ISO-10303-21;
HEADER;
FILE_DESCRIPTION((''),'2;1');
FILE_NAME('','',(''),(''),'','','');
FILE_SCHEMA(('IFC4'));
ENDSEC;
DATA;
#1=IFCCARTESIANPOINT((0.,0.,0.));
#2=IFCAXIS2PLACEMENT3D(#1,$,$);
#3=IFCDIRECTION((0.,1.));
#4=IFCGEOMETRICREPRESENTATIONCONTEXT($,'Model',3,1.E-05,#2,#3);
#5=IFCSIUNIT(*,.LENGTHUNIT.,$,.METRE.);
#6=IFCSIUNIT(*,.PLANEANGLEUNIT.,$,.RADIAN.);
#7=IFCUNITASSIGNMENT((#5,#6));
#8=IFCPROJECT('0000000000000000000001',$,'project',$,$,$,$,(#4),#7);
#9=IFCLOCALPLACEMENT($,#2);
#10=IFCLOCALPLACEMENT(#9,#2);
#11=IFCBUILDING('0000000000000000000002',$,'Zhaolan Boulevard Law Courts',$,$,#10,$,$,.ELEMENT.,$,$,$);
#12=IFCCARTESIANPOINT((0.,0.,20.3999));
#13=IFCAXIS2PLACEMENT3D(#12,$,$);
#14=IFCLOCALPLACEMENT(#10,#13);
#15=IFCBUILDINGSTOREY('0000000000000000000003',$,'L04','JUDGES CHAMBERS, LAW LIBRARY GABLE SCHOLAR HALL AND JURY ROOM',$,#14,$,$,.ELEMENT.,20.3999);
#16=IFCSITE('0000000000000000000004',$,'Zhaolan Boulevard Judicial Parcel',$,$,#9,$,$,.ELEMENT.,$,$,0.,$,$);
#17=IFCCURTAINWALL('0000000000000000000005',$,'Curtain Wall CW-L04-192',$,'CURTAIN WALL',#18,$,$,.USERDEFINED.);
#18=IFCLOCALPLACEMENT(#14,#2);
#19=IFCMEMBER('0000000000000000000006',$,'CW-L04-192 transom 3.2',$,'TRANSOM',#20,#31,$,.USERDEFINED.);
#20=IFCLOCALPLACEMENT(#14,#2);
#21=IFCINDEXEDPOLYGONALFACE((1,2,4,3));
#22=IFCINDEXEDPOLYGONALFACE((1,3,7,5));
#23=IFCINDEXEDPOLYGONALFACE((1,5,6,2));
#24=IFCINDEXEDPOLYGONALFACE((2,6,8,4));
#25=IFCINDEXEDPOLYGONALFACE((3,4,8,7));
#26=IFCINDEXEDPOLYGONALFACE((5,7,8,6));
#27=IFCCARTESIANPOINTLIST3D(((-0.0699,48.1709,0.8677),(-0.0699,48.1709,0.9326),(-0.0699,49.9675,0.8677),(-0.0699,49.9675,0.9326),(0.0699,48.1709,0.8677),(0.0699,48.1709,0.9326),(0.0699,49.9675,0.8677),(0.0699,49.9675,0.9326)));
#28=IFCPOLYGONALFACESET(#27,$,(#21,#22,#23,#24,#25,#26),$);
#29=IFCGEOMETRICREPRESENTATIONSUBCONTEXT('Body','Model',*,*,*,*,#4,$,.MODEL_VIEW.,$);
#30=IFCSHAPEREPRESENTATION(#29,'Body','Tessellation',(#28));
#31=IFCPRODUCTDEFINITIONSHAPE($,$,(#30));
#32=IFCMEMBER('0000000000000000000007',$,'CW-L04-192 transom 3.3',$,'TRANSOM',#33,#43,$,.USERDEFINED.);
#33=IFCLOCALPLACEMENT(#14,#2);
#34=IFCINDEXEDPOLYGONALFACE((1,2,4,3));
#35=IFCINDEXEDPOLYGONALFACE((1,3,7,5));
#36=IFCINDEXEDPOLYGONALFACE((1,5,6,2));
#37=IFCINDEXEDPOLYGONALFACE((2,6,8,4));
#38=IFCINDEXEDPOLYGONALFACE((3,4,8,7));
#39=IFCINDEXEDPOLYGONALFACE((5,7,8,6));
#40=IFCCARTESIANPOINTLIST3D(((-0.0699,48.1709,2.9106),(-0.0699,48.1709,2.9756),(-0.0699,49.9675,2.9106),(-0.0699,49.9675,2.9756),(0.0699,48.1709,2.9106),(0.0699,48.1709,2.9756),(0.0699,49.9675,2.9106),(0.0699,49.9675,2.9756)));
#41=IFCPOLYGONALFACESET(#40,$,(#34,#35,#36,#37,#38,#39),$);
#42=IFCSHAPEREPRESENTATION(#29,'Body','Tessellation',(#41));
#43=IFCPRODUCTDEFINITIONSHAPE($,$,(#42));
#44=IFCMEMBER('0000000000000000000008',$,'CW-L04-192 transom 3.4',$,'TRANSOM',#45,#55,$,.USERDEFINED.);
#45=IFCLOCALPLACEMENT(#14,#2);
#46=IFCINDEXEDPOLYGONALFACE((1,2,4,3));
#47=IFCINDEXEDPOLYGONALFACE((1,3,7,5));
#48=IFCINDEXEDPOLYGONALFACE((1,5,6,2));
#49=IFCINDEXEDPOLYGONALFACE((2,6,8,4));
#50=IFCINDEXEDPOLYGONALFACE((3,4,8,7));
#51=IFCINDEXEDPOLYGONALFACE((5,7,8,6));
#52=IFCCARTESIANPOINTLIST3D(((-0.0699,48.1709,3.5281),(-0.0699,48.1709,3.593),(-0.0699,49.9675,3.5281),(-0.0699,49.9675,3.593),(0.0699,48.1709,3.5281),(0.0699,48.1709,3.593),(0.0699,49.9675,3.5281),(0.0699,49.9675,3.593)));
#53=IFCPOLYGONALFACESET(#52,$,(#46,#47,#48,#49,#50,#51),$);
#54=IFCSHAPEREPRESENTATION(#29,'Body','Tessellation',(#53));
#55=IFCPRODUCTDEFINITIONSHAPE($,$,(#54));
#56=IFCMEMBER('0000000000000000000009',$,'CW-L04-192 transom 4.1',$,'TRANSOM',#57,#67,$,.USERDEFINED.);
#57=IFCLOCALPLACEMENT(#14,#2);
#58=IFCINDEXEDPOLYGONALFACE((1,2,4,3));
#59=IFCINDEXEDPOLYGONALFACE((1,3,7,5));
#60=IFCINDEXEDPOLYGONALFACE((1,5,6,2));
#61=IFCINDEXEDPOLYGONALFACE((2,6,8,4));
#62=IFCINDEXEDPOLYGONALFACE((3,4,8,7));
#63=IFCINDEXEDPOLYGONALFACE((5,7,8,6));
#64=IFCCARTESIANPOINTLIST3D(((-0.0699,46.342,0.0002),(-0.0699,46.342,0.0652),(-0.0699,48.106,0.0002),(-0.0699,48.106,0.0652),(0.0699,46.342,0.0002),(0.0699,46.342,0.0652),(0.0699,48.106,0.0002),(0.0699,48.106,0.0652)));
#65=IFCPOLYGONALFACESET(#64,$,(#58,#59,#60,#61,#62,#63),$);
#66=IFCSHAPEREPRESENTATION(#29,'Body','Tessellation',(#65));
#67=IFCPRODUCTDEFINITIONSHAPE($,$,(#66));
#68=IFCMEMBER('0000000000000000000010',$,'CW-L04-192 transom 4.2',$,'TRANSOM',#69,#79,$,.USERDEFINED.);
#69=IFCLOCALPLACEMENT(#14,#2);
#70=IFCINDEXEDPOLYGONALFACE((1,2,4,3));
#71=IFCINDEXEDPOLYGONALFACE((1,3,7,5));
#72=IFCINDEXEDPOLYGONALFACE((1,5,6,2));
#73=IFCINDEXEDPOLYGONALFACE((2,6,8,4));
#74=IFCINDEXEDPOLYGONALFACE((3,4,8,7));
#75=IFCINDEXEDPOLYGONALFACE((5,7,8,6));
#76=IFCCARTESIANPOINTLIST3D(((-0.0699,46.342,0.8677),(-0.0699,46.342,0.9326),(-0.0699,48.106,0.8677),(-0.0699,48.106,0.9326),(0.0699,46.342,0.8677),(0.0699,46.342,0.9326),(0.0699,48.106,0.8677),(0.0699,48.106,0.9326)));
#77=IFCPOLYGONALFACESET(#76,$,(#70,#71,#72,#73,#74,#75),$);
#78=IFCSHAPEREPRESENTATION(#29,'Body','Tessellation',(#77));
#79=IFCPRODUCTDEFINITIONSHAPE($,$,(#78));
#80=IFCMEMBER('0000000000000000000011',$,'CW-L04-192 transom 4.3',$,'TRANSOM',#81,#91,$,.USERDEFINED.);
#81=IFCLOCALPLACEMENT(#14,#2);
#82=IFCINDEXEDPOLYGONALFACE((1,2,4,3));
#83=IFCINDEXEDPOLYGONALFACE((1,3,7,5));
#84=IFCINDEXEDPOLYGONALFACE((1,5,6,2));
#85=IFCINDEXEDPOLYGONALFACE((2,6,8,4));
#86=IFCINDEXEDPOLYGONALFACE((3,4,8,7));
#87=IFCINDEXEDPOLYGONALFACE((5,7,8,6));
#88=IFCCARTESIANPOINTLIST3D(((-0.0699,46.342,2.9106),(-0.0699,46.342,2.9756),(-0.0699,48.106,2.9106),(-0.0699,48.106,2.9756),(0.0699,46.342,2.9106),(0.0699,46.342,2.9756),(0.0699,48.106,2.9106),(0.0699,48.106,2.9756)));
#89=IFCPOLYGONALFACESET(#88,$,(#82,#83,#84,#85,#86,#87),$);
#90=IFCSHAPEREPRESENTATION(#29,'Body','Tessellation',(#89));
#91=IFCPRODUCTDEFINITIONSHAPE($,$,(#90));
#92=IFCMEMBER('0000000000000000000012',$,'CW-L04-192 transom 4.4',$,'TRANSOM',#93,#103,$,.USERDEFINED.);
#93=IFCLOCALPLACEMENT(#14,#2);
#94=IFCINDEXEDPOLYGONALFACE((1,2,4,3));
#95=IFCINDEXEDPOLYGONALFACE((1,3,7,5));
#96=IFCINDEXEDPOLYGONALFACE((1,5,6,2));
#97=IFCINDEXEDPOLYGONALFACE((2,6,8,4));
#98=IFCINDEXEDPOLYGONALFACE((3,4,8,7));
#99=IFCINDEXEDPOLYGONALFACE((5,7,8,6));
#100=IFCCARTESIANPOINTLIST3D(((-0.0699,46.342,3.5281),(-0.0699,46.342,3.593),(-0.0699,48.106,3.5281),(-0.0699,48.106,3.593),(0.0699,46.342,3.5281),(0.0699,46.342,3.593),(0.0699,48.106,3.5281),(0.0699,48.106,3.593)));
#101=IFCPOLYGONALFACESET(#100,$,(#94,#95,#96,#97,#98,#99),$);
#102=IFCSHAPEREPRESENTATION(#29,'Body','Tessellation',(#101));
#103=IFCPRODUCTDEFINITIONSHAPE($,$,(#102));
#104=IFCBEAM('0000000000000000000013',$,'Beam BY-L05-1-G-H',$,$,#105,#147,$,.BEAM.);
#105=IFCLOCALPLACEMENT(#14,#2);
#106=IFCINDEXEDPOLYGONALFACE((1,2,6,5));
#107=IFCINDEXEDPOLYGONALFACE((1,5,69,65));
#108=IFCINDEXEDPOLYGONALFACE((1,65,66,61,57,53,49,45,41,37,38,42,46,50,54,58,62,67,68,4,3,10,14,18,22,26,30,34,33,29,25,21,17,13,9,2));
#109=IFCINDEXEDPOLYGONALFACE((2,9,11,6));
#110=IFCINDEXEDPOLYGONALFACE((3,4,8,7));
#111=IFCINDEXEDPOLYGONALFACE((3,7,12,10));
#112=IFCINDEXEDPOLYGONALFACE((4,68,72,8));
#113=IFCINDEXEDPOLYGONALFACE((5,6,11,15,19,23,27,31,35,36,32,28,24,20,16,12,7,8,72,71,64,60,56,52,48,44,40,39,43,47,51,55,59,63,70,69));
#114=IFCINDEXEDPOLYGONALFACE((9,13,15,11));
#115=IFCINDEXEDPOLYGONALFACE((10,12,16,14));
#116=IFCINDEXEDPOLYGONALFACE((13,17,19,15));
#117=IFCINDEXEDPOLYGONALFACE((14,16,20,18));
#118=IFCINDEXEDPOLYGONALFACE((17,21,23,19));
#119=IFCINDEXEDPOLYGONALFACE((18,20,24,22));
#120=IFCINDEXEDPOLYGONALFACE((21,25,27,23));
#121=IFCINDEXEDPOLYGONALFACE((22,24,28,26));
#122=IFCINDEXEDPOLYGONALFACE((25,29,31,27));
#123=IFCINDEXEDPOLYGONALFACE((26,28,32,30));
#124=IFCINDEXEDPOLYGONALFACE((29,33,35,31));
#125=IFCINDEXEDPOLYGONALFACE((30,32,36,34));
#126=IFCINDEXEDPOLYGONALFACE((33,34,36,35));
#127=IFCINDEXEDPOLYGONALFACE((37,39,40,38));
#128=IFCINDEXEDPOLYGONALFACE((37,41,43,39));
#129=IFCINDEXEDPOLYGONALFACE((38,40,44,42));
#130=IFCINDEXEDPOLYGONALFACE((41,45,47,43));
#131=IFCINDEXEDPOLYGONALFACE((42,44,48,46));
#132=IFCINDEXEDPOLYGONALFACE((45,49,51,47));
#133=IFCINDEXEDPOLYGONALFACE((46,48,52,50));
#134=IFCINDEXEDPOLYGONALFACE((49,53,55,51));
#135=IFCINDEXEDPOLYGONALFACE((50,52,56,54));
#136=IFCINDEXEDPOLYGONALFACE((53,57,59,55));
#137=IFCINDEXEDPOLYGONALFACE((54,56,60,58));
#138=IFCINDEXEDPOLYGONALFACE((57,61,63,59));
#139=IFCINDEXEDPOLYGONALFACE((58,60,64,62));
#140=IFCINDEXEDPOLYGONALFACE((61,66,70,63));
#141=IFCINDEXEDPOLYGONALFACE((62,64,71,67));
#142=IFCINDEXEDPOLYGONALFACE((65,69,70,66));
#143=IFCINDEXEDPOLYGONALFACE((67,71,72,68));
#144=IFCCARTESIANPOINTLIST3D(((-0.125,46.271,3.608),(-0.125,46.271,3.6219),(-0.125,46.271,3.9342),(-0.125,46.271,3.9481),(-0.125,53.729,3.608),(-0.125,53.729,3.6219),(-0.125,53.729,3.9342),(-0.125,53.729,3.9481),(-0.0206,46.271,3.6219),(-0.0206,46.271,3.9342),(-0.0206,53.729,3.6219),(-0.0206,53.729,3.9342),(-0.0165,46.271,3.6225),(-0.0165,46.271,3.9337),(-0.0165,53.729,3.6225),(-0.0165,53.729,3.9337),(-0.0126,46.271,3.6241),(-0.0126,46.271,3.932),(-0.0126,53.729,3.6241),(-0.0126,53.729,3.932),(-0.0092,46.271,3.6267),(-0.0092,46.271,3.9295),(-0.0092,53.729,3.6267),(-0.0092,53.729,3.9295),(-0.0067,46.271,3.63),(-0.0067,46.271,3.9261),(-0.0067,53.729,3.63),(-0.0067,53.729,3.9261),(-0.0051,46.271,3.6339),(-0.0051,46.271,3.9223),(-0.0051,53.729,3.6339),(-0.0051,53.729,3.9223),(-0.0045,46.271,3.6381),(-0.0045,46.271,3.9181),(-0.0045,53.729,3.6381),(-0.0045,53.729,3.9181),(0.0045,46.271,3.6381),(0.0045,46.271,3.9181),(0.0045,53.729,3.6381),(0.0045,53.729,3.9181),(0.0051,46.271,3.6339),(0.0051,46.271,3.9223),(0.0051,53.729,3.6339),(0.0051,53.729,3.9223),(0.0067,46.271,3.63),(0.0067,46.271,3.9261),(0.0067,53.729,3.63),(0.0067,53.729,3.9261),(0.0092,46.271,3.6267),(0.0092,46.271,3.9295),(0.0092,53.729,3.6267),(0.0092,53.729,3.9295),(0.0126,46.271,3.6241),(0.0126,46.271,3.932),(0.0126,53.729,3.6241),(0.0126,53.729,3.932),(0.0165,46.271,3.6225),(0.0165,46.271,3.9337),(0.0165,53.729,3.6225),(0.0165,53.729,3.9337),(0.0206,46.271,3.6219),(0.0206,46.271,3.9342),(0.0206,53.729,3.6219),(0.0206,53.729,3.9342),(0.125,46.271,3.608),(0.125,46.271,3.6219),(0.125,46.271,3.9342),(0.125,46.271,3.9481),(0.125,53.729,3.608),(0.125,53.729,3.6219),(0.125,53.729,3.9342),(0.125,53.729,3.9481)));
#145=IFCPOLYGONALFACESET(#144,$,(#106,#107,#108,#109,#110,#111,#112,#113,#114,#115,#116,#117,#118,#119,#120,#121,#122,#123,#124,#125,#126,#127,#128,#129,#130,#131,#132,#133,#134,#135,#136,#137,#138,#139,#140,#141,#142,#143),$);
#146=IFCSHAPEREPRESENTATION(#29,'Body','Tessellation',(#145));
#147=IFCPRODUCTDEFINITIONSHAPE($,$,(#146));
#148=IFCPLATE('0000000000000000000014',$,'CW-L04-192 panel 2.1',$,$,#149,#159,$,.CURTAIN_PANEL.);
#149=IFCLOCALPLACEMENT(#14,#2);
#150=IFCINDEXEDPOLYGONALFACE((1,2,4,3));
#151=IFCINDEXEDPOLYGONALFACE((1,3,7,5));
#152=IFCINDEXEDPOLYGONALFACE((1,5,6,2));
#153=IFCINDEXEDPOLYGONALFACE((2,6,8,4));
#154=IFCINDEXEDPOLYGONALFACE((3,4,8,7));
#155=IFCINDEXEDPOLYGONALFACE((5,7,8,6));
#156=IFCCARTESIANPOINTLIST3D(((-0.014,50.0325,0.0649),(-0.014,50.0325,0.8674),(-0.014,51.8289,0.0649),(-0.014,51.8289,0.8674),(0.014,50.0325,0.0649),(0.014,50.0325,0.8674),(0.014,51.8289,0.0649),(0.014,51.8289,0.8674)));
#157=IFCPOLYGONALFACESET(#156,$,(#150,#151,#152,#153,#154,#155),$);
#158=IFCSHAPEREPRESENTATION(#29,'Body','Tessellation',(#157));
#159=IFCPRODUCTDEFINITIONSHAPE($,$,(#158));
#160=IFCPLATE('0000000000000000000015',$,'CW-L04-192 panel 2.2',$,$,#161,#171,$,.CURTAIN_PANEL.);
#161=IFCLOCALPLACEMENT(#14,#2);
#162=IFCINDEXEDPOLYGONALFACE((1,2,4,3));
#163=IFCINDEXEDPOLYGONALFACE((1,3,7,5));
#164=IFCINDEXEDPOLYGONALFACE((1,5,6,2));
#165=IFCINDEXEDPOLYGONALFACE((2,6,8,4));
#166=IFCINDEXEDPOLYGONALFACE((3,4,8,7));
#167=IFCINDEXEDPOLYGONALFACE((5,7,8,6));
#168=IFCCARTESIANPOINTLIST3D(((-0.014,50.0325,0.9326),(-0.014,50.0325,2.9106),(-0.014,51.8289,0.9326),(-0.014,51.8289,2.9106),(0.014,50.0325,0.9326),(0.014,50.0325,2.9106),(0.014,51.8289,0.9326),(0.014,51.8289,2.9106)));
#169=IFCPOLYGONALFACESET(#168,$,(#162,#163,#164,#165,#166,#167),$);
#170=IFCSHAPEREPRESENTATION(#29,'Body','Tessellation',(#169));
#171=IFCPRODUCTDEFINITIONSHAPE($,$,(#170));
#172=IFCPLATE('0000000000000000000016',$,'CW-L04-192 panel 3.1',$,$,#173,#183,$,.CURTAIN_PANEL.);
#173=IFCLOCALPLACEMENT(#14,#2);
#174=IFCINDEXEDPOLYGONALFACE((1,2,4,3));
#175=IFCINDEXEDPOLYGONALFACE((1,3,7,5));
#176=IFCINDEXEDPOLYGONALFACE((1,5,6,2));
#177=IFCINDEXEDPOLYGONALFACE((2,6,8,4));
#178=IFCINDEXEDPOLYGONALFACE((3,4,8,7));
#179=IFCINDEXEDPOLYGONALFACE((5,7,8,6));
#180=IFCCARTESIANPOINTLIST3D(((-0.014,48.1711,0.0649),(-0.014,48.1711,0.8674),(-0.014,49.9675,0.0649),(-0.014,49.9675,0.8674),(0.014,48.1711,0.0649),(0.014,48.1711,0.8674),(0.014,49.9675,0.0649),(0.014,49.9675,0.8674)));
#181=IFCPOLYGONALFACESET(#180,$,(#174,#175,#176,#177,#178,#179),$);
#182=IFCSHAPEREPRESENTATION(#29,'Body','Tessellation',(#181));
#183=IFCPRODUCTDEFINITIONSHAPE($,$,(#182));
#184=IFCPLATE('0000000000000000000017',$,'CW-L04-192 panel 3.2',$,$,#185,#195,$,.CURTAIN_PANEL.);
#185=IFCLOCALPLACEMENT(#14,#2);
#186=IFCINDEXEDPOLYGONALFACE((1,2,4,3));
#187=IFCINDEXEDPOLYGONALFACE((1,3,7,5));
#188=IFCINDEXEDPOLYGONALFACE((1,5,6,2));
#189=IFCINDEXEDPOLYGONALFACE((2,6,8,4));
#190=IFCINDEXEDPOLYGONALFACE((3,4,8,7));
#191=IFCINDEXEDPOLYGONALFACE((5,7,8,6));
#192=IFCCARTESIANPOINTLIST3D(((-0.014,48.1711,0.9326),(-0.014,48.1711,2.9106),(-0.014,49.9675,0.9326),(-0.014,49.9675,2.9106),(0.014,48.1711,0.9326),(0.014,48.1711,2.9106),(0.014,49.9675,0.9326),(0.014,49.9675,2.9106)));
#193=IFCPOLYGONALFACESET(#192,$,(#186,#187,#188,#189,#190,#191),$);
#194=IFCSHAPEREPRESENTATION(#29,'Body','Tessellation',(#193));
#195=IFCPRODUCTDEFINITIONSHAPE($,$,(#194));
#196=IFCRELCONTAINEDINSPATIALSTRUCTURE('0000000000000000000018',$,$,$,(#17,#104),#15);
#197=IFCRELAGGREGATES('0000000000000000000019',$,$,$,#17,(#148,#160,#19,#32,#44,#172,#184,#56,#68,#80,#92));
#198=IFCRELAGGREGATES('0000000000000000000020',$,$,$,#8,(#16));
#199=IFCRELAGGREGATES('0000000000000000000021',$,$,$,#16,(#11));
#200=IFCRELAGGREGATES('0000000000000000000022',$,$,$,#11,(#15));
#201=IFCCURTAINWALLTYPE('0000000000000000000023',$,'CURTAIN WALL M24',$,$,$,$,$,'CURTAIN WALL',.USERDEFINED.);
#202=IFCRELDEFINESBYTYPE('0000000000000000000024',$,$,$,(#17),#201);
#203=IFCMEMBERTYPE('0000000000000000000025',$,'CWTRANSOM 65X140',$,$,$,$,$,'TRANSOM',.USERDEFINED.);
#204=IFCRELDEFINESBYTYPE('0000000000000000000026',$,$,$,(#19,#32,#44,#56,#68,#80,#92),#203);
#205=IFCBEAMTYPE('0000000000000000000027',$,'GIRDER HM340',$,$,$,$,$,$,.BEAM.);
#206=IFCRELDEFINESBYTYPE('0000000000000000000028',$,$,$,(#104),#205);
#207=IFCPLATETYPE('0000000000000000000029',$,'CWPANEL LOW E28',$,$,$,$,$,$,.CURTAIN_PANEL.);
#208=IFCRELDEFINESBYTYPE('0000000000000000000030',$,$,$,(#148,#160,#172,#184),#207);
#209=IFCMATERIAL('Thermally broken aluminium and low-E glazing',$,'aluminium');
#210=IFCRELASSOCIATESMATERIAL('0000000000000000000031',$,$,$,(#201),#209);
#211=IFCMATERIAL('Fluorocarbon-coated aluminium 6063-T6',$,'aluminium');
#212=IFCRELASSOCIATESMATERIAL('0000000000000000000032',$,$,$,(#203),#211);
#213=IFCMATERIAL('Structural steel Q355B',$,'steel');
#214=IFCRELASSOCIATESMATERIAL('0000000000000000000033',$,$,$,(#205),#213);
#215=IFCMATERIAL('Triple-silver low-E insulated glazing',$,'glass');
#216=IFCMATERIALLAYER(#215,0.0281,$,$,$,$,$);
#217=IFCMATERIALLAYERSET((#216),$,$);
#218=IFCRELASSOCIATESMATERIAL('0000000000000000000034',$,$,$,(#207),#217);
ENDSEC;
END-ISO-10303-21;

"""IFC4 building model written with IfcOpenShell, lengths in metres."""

from ifc_helpers import new_model, si_unit, direction, frame, origin, origin_2d, place, context, subcontext, project, spatial, rectangle, i_section, extrude, material, layer, layer_set, material_profile, profile_set, type_object, element, aggregate, save


model = new_model("IFC4")

# Units and contexts
model_context = context("Model", 3, precision=1e-05, world=origin(), true_north=direction((0.0, 1.0)))
body_context = subcontext(model_context, "Body", "Model", "MODEL_VIEW")
ifc_project = project(units=[si_unit("LENGTHUNIT", "METRE"), si_unit("PLANEANGLEUNIT", "RADIAN")], contexts=[model_context])

# Site, building, storey
site_placement = place(None, origin())
site = spatial("IfcSite", under=ifc_project, at=site_placement, Name="Zhaolan Boulevard Judicial Parcel", CompositionType="ELEMENT", RefElevation=0.0)
building_placement = place(site_placement, origin())
building = spatial("IfcBuilding", under=site, at=building_placement, Name="Zhaolan Boulevard Law Courts", CompositionType="ELEMENT")
storey_placement = place(building_placement, frame((0.0, 0.0, 20.3999)))
storey = spatial("IfcBuildingStorey", under=building, at=storey_placement, Name="L04", Description="JUDGES CHAMBERS, LAW LIBRARY GABLE SCHOLAR HALL AND JURY ROOM", CompositionType="ELEMENT", Elevation=20.3999)

# Curtain wall
ifc_material_1 = material(Name="Thermally broken aluminium and low-E glazing", Category="aluminium")
curtain_wall_type_1 = type_object("IfcCurtainWallType", Name="CURTAIN WALL M24", ElementType="CURTAIN WALL", PredefinedType="USERDEFINED", material=ifc_material_1)
curtain_wall_1_placement = place(storey_placement, origin())
curtain_wall_1 = element("IfcCurtainWall", 1, at=curtain_wall_1_placement, inside=storey, type_object=curtain_wall_type_1, Name="Curtain Wall CW-L04-192", ObjectType="CURTAIN WALL", PredefinedType="USERDEFINED")

# Members
ifc_material_2 = material(Name="Fluorocarbon-coated aluminium 6063-T6", Category="aluminium")
ifc_material_profile_1 = material_profile(ifc_material_2, rectangle(XDim=0.1399, YDim=0.0649, at=origin_2d()), Name="AL65x140")
ifc_profile_set_1 = profile_set([ifc_material_profile_1], Name="Fluorocarbon-coated aluminium 6063-T6")
member_type_1 = type_object("IfcMemberType", Name="CWTRANSOM 65X140", ElementType="TRANSOM", PredefinedType="USERDEFINED", material=ifc_profile_set_1)
member_1_placement = place(storey_placement, frame((0.0, 49.9675, 0.9001), z_axis=(0.0, -1.0, 0.0), x_axis=(1.0, 0.0, 0.0)))
member_1 = element("IfcMember", 2, at=member_1_placement, type_object=member_type_1, Name="CW-L04-192 transom 3.2", ObjectType="TRANSOM", PredefinedType="USERDEFINED", context=body_context, shape_type="SweptSolid", body=[
    extrude(rectangle(XDim=0.1399, YDim=0.0649, at=origin_2d()), origin(), (0.0, 0.0, 1.0), 1.7966),
])
member_2_placement = place(storey_placement, frame((0.0, 49.9675, 2.9431), z_axis=(0.0, -1.0, 0.0), x_axis=(1.0, 0.0, 0.0)))
member_2 = element("IfcMember", 3, at=member_2_placement, type_object=member_type_1, Name="CW-L04-192 transom 3.3", ObjectType="TRANSOM", PredefinedType="USERDEFINED", context=body_context, shape_type="SweptSolid", body=[
    extrude(rectangle(XDim=0.1399, YDim=0.0649, at=origin_2d()), origin(), (0.0, 0.0, 1.0), 1.7966),
])
member_3_placement = place(storey_placement, frame((0.0, 49.9675, 3.5605), z_axis=(0.0, -1.0, 0.0), x_axis=(1.0, 0.0, 0.0)))
member_3 = element("IfcMember", 4, at=member_3_placement, type_object=member_type_1, Name="CW-L04-192 transom 3.4", ObjectType="TRANSOM", PredefinedType="USERDEFINED", context=body_context, shape_type="SweptSolid", body=[
    extrude(rectangle(XDim=0.1399, YDim=0.0649, at=origin_2d()), origin(), (0.0, 0.0, 1.0), 1.7966),
])
member_4_placement = place(storey_placement, frame((0.0, 48.106, 0.0327), z_axis=(0.0, -1.0, 0.0), x_axis=(1.0, 0.0, 0.0)))
member_4 = element("IfcMember", 5, at=member_4_placement, type_object=member_type_1, Name="CW-L04-192 transom 4.1", ObjectType="TRANSOM", PredefinedType="USERDEFINED", context=body_context, shape_type="SweptSolid", body=[
    extrude(rectangle(XDim=0.1399, YDim=0.0649, at=origin_2d()), origin(), (0.0, 0.0, 1.0), 1.7639),
])
member_5_placement = place(storey_placement, frame((0.0, 48.106, 0.9001), z_axis=(0.0, -1.0, 0.0), x_axis=(1.0, 0.0, 0.0)))
member_5 = element("IfcMember", 6, at=member_5_placement, type_object=member_type_1, Name="CW-L04-192 transom 4.2", ObjectType="TRANSOM", PredefinedType="USERDEFINED", context=body_context, shape_type="SweptSolid", body=[
    extrude(rectangle(XDim=0.1399, YDim=0.0649, at=origin_2d()), origin(), (0.0, 0.0, 1.0), 1.7639),
])
member_6_placement = place(storey_placement, frame((0.0, 48.106, 2.9431), z_axis=(0.0, -1.0, 0.0), x_axis=(1.0, 0.0, 0.0)))
member_6 = element("IfcMember", 7, at=member_6_placement, type_object=member_type_1, Name="CW-L04-192 transom 4.3", ObjectType="TRANSOM", PredefinedType="USERDEFINED", context=body_context, shape_type="SweptSolid", body=[
    extrude(rectangle(XDim=0.1399, YDim=0.0649, at=origin_2d()), origin(), (0.0, 0.0, 1.0), 1.7639),
])
member_7_placement = place(storey_placement, frame((0.0, 48.106, 3.5605), z_axis=(0.0, -1.0, 0.0), x_axis=(1.0, 0.0, 0.0)))
member_7 = element("IfcMember", 8, at=member_7_placement, type_object=member_type_1, Name="CW-L04-192 transom 4.4", ObjectType="TRANSOM", PredefinedType="USERDEFINED", context=body_context, shape_type="SweptSolid", body=[
    extrude(rectangle(XDim=0.1399, YDim=0.0649, at=origin_2d()), origin(), (0.0, 0.0, 1.0), 1.7639),
])

# Beam
ifc_material_3 = material(Name="Structural steel Q355B", Category="steel")
ifc_material_profile_2 = material_profile(ifc_material_3, i_section(OverallWidth=0.25, OverallDepth=0.3401, WebThickness=0.009, FlangeThickness=0.0139, FilletRadius=0.0161, at=origin_2d()), Name="HM340x250")
ifc_profile_set_2 = profile_set([ifc_material_profile_2], Name="Structural steel Q355B")
beam_type = type_object("IfcBeamType", Name="GIRDER HM340", PredefinedType="BEAM", material=ifc_profile_set_2)
beam_placement = place(storey_placement, frame((0.0, 46.271, 3.7781), z_axis=(0.0, 1.0, 0.0), x_axis=(-1.0, 0.0, 0.0)))
element("IfcBeam", 9, at=beam_placement, inside=storey, type_object=beam_type, Name="Beam BY-L05-1-G-H", PredefinedType="BEAM", context=body_context, shape_type="SweptSolid", body=[
    extrude(i_section(OverallWidth=0.25, OverallDepth=0.3401, WebThickness=0.009, FlangeThickness=0.0139, FilletRadius=0.0161, at=origin_2d()), origin(), (0.0, 0.0, 1.0), 7.458),
])

# Plates
ifc_material_4 = material(Name="Triple-silver low-E insulated glazing", Category="glass")
ifc_layer_1 = layer(ifc_material_4, 0.0281)
ifc_layer_set_1 = layer_set([ifc_layer_1])
plate_type_1 = type_object("IfcPlateType", Name="CWPANEL LOW E28", PredefinedType="CURTAIN_PANEL", material=ifc_layer_set_1)
plate_1_placement = place(storey_placement, frame((0.0, 50.9307, 0.0649), z_axis=(0.0, 0.0, 1.0), x_axis=(0.0, -1.0, 0.0)))
plate_1 = element("IfcPlate", 10, at=plate_1_placement, type_object=plate_type_1, Name="CW-L04-192 panel 2.1", PredefinedType="CURTAIN_PANEL", context=body_context, shape_type="SweptSolid", body=[
    extrude(rectangle(XDim=1.7964, YDim=0.0281, at=origin_2d()), origin(), (0.0, 0.0, 1.0), 0.8025),
])
plate_2_placement = place(storey_placement, frame((0.0, 50.9307, 0.9326), z_axis=(0.0, 0.0, 1.0), x_axis=(0.0, -1.0, 0.0)))
plate_2 = element("IfcPlate", 11, at=plate_2_placement, type_object=plate_type_1, Name="CW-L04-192 panel 2.2", PredefinedType="CURTAIN_PANEL", context=body_context, shape_type="SweptSolid", body=[
    extrude(rectangle(XDim=1.7964, YDim=0.0281, at=origin_2d()), origin(), (0.0, 0.0, 1.0), 1.978),
])
plate_3_placement = place(storey_placement, frame((0.0, 49.0693, 0.0649), z_axis=(0.0, 0.0, 1.0), x_axis=(0.0, -1.0, 0.0)))
plate_3 = element("IfcPlate", 12, at=plate_3_placement, type_object=plate_type_1, Name="CW-L04-192 panel 3.1", PredefinedType="CURTAIN_PANEL", context=body_context, shape_type="SweptSolid", body=[
    extrude(rectangle(XDim=1.7964, YDim=0.0281, at=origin_2d()), origin(), (0.0, 0.0, 1.0), 0.8025),
])
plate_4_placement = place(storey_placement, frame((0.0, 49.0693, 0.9326), z_axis=(0.0, 0.0, 1.0), x_axis=(0.0, -1.0, 0.0)))
plate_4 = element("IfcPlate", 13, at=plate_4_placement, type_object=plate_type_1, Name="CW-L04-192 panel 3.2", PredefinedType="CURTAIN_PANEL", context=body_context, shape_type="SweptSolid", body=[
    extrude(rectangle(XDim=1.7964, YDim=0.0281, at=origin_2d()), origin(), (0.0, 0.0, 1.0), 1.978),
])
aggregate(curtain_wall_1, [plate_1, plate_2, member_1, member_2, member_3, plate_3, plate_4, member_4, member_5, member_6, member_7])

save(model, "model.ifc")
